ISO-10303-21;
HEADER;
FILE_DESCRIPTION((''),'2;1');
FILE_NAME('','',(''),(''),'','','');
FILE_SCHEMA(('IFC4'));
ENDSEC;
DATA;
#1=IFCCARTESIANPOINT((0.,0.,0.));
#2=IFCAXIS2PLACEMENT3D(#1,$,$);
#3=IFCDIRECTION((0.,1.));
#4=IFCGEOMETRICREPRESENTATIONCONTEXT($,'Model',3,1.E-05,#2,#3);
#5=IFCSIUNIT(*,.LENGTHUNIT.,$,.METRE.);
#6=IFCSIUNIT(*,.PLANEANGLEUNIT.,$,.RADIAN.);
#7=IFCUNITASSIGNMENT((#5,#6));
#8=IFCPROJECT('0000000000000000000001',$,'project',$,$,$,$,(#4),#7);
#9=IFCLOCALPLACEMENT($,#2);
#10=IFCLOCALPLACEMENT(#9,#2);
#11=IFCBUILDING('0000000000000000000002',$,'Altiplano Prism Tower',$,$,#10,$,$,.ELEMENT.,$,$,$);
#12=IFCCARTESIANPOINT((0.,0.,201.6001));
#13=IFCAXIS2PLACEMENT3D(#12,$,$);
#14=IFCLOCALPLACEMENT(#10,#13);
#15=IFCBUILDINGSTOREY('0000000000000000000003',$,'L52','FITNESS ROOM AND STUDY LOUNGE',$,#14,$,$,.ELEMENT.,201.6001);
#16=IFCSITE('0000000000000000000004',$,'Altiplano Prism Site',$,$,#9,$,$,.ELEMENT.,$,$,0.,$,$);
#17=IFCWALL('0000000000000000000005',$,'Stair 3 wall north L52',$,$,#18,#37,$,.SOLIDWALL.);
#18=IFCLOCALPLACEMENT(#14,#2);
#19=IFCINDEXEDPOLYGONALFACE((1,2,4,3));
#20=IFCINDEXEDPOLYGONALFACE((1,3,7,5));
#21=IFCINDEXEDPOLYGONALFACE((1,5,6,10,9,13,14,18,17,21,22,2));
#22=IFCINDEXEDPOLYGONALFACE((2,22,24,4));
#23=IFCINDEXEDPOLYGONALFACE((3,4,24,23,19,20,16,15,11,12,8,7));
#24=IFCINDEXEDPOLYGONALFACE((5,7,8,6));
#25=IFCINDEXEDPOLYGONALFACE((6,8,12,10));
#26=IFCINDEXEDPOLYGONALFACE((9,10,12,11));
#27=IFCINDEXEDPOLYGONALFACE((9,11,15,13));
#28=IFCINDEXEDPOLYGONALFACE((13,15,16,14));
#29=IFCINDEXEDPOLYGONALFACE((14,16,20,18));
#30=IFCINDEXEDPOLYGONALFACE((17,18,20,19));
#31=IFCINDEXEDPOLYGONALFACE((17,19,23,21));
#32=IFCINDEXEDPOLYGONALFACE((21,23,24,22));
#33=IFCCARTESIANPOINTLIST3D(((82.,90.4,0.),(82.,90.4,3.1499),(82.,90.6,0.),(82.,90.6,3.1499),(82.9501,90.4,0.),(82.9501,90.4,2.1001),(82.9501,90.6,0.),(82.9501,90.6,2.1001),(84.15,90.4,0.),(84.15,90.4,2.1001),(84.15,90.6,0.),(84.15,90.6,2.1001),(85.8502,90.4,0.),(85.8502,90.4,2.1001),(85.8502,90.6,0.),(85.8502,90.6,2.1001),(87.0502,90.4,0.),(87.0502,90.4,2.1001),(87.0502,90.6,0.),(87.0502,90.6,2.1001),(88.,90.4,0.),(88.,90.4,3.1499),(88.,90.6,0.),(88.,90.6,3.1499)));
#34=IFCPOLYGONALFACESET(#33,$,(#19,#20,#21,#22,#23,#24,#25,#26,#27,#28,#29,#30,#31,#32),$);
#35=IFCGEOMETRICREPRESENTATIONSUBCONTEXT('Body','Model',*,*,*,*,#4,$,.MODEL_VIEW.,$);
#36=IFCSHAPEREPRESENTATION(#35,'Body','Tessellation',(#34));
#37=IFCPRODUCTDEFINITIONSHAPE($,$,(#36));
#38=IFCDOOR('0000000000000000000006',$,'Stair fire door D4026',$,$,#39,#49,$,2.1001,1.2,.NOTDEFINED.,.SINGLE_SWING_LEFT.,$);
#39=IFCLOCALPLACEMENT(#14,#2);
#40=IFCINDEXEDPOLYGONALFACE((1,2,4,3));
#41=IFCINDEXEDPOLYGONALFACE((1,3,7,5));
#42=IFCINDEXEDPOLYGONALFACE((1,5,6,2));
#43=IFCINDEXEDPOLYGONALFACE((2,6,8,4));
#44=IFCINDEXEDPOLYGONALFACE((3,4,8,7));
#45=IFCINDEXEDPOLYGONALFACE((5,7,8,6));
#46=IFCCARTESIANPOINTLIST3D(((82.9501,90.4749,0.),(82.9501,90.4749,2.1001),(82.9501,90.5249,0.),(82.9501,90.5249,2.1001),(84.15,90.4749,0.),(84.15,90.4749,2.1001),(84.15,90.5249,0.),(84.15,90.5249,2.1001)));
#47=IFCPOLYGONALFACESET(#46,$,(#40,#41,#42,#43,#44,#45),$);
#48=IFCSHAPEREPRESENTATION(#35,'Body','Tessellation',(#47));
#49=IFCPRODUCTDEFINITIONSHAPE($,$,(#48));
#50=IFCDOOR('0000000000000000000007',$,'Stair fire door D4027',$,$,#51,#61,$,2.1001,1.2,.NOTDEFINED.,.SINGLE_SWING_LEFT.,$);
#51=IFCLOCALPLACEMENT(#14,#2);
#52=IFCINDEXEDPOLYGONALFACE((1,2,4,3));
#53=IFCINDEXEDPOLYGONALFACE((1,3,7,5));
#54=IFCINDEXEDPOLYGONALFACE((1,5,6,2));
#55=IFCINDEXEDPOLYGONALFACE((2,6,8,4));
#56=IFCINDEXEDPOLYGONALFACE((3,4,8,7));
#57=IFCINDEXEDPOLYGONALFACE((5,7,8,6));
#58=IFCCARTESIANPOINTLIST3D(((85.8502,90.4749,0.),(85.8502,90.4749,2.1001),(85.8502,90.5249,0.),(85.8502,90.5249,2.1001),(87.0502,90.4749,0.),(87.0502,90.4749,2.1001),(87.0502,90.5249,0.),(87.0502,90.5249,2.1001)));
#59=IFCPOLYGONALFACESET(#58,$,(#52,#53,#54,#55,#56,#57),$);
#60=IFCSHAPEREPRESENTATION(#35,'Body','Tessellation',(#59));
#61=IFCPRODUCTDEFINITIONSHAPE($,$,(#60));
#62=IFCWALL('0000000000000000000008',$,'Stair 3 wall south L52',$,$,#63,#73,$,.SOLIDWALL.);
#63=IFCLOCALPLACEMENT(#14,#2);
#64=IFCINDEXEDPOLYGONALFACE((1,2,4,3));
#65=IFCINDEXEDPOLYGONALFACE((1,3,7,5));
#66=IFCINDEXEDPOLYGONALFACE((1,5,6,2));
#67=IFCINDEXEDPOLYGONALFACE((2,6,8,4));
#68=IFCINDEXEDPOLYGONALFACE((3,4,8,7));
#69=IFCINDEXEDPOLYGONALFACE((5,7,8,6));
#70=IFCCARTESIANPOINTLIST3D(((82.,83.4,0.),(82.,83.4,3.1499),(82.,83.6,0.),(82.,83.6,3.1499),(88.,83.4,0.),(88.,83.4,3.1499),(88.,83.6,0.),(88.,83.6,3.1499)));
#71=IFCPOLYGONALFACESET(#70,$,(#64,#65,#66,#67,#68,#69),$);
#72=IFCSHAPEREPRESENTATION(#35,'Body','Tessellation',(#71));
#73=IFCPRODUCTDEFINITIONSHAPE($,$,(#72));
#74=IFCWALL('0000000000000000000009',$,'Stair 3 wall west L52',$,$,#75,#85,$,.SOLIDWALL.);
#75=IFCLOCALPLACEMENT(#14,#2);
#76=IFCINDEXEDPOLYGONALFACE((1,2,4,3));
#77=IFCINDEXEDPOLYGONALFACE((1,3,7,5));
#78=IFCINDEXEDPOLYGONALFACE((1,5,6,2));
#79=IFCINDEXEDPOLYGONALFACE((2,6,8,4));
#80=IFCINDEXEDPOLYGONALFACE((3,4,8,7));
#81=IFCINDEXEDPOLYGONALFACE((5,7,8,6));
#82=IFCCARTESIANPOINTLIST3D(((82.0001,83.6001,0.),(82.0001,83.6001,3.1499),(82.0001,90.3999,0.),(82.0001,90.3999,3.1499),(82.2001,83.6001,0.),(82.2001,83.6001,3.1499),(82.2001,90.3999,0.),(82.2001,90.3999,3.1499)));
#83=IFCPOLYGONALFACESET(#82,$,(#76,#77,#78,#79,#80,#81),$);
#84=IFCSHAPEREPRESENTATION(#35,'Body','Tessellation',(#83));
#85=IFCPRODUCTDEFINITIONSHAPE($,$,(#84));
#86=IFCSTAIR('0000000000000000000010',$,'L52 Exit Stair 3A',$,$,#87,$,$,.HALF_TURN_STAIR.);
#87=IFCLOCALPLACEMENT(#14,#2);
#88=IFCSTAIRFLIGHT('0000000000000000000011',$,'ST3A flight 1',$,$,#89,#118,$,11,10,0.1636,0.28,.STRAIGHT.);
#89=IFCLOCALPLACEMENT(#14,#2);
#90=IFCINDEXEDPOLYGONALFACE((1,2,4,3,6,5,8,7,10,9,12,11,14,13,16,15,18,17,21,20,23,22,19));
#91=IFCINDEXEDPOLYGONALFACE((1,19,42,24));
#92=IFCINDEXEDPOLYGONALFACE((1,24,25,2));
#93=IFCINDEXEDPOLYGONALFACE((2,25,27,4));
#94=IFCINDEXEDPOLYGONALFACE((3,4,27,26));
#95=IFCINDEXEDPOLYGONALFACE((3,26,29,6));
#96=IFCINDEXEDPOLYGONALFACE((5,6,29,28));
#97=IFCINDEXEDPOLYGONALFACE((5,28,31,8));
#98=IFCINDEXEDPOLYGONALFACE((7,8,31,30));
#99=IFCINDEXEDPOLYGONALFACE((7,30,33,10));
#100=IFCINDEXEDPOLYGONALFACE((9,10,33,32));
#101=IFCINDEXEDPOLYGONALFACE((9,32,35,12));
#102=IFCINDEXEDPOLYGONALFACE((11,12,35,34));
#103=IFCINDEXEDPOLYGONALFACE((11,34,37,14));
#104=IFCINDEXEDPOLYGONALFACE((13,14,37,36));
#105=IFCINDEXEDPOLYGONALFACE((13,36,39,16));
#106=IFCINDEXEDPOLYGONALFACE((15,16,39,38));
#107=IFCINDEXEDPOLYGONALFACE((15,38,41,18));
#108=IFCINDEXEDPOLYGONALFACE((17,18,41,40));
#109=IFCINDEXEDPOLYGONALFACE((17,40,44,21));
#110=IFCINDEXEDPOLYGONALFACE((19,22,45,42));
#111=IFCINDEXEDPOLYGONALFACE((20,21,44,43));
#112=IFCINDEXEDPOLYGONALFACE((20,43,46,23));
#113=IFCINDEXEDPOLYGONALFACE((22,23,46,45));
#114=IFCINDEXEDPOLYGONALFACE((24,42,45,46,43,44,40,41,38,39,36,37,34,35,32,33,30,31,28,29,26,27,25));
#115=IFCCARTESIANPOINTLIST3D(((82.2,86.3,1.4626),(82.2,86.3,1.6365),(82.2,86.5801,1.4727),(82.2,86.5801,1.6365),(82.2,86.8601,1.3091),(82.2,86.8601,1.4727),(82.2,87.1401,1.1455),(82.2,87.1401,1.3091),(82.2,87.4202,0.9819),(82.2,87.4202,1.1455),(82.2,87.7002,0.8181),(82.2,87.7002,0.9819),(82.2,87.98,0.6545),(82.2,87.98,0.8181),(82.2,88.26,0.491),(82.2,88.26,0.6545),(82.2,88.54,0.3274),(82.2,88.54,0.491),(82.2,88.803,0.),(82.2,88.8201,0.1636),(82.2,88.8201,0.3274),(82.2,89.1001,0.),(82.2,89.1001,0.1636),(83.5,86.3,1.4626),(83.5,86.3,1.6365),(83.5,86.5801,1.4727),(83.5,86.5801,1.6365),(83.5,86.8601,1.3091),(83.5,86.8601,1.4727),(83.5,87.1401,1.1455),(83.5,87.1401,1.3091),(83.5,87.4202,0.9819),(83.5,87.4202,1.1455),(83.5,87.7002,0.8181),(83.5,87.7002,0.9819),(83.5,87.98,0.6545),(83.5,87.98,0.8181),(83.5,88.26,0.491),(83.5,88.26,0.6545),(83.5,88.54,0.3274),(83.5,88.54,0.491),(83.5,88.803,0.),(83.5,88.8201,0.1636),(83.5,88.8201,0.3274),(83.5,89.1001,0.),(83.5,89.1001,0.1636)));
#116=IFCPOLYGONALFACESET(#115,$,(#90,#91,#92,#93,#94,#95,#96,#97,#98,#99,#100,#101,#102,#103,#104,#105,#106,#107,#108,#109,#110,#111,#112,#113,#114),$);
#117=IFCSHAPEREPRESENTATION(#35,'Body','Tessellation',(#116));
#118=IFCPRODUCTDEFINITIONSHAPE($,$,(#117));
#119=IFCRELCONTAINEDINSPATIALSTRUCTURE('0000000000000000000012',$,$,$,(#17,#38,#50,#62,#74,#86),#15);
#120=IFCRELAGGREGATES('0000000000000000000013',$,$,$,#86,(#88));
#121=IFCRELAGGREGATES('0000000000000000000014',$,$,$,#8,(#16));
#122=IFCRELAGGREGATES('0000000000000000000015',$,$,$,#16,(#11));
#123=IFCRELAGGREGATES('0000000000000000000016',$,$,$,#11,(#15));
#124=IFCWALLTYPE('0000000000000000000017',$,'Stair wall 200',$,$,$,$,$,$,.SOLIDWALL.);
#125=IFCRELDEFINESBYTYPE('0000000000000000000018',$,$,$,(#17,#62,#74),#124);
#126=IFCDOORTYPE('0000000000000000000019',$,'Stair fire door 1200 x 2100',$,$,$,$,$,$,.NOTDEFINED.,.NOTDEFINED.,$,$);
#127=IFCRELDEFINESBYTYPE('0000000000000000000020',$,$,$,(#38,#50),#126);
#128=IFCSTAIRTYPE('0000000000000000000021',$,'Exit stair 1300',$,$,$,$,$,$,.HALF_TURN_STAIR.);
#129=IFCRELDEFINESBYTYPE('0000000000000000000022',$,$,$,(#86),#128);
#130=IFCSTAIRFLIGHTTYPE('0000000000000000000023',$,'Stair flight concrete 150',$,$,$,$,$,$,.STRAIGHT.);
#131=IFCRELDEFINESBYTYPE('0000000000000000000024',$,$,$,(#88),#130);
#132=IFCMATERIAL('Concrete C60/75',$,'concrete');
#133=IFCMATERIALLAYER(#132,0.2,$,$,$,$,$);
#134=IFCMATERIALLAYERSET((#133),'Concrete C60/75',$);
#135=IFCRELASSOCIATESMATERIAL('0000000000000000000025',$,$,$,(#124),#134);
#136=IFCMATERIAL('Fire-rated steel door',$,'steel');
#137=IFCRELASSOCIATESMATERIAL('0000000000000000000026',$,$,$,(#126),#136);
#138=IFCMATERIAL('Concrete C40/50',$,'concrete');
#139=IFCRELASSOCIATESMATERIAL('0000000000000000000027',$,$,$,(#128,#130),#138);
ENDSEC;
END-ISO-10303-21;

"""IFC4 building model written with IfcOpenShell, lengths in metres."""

from ifc_helpers import new_model, si_unit, direction, frame, frame_2d, origin, place, context, subcontext, project, spatial, polyline, rectangle, outline, extrude, material, layer, layer_set, type_object, element, fill, aggregate, save


model = new_model("IFC4")

# Units and contexts
model_context = context("Model", 3, precision=1e-05, world=origin(), true_north=direction((0.0, 1.0)))
body_context = subcontext(model_context, "Body", "Model", "MODEL_VIEW")
ifc_project = project(units=[si_unit("LENGTHUNIT", "METRE"), si_unit("PLANEANGLEUNIT", "RADIAN")], contexts=[model_context])

# Site, building, storey
site_placement = place(None, origin())
site = spatial("IfcSite", under=ifc_project, at=site_placement, Name="Altiplano Prism Site", CompositionType="ELEMENT", RefElevation=0.0)
building_placement = place(site_placement, origin())
building = spatial("IfcBuilding", under=site, at=building_placement, Name="Altiplano Prism Tower", CompositionType="ELEMENT")
storey_placement = place(building_placement, frame((0.0, 0.0, 201.6001)))
storey = spatial("IfcBuildingStorey", under=building, at=storey_placement, Name="L52", Description="FITNESS ROOM AND STUDY LOUNGE", CompositionType="ELEMENT", Elevation=201.6001)

# Shared definitions
ifc_material_1 = material(Name="Concrete C60/75", Category="concrete")

# Wall, openings, doors
ifc_layer_1 = layer(ifc_material_1, 0.2)
ifc_layer_set_1 = layer_set([ifc_layer_1], Name="Concrete C60/75")
wall_type_1 = type_object("IfcWallType", Name="Stair wall 200", PredefinedType="SOLIDWALL", material=ifc_layer_set_1)
wall_1_placement = place(storey_placement, frame((82.0, 90.5, 0.0), z_axis=(0.0, 0.0, 1.0), x_axis=(1.0, 0.0, 0.0)))
wall_1 = element("IfcWall", 1, at=wall_1_placement, inside=storey, type_object=wall_type_1, Name="Stair 3 wall north L52", PredefinedType="SOLIDWALL", context=body_context, shape_type="SweptSolid", body=[
    extrude(rectangle(XDim=6.0, YDim=0.2, at=frame_2d((3.0, 0.0))), origin(), (0.0, 0.0, 1.0), 3.1499),
])
opening_1_placement = place(wall_1_placement, frame((0.95, 0.0, 0.0)))
opening_1 = element("IfcOpeningElement", 2, at=opening_1_placement, cuts=wall_1, PredefinedType="OPENING", context=body_context, shape_type="SweptSolid", body=[
    extrude(rectangle(XDim=1.2, YDim=2.1001, at=frame_2d((0.6001, 1.05))), frame((0.0, 0.1104, 0.0), z_axis=(0.0, -1.0, 0.0), x_axis=(1.0, 0.0, 0.0)), (0.0, 0.0, 1.0), 0.2209),
])
opening_2_placement = place(wall_1_placement, frame((3.8501, 0.0, 0.0)))
opening_2 = element("IfcOpeningElement", 3, at=opening_2_placement, cuts=wall_1, PredefinedType="OPENING", context=body_context, shape_type="SweptSolid", body=[
    extrude(rectangle(XDim=1.2, YDim=2.1001, at=frame_2d((0.6001, 1.05))), frame((0.0, 0.1104, 0.0), z_axis=(0.0, -1.0, 0.0), x_axis=(1.0, 0.0, 0.0)), (0.0, 0.0, 1.0), 0.2209),
])
ifc_material_2 = material(Name="Fire-rated steel door", Category="steel")
door_type_1 = type_object("IfcDoorType", Name="Stair fire door 1200 x 2100", OperationType="NOTDEFINED", PredefinedType="NOTDEFINED", material=ifc_material_2)
door_1_placement = place(opening_1_placement, origin())
door_1 = element("IfcDoor", 4, at=door_1_placement, inside=storey, type_object=door_type_1, Name="Stair fire door D4026", OperationType="SINGLE_SWING_LEFT", OverallHeight=2.1001, OverallWidth=1.2, PredefinedType="NOTDEFINED", context=body_context, shape_type="SweptSolid", body=[
    extrude(rectangle(XDim=1.2, YDim=2.1001, at=frame_2d((0.6001, 1.05))), frame((0.0, 0.0249, 0.0), z_axis=(0.0, -1.0, 0.0), x_axis=(1.0, 0.0, 0.0)), (0.0, 0.0, 1.0), 0.05),
])
fill(opening_1, door_1)
door_2_placement = place(opening_2_placement, origin())
door_2 = element("IfcDoor", 5, at=door_2_placement, inside=storey, type_object=door_type_1, Name="Stair fire door D4027", OperationType="SINGLE_SWING_LEFT", OverallHeight=2.1001, OverallWidth=1.2, PredefinedType="NOTDEFINED", context=body_context, shape_type="SweptSolid", body=[
    extrude(rectangle(XDim=1.2, YDim=2.1001, at=frame_2d((0.6001, 1.05))), frame((0.0, 0.0249, 0.0), z_axis=(0.0, -1.0, 0.0), x_axis=(1.0, 0.0, 0.0)), (0.0, 0.0, 1.0), 0.05),
])
fill(opening_2, door_2)

# Walls
wall_2_placement = place(storey_placement, frame((82.0, 83.5, 0.0), z_axis=(0.0, 0.0, 1.0), x_axis=(1.0, 0.0, 0.0)))
element("IfcWall", 6, at=wall_2_placement, inside=storey, type_object=wall_type_1, Name="Stair 3 wall south L52", PredefinedType="SOLIDWALL", context=body_context, shape_type="SweptSolid", body=[
    extrude(rectangle(XDim=6.0, YDim=0.2, at=frame_2d((3.0, 0.0))), origin(), (0.0, 0.0, 1.0), 3.1499),
])
wall_3_placement = place(storey_placement, frame((82.1001, 83.6001, 0.0), z_axis=(0.0, 0.0, 1.0), x_axis=(0.0, 1.0, 0.0)))
element("IfcWall", 7, at=wall_3_placement, inside=storey, type_object=wall_type_1, Name="Stair 3 wall west L52", PredefinedType="SOLIDWALL", context=body_context, shape_type="SweptSolid", body=[
    extrude(rectangle(XDim=6.7998, YDim=0.2, at=frame_2d((3.3999, 0.0))), origin(), (0.0, 0.0, 1.0), 3.1499),
])

# Stair, stair flight
ifc_material_3 = material(Name="Concrete C40/50", Category="concrete")
stair_type = type_object("IfcStairType", Name="Exit stair 1300", PredefinedType="HALF_TURN_STAIR", material=ifc_material_3)
stair_placement = place(storey_placement, origin())
stair = element("IfcStair", 8, at=stair_placement, inside=storey, type_object=stair_type, Name="L52 Exit Stair 3A", PredefinedType="HALF_TURN_STAIR")
stair_flight_type = type_object("IfcStairFlightType", Name="Stair flight concrete 150", PredefinedType="STRAIGHT", material=ifc_material_3)
stair_flight_placement = place(storey_placement, frame((82.8501, 89.1001, 0.0), z_axis=(0.0, 0.0, 1.0), x_axis=(0.0, -1.0, 0.0)))
stair_flight = element("IfcStairFlight", 9, at=stair_flight_placement, type_object=stair_flight_type, Name="ST3A flight 1", NumberOfRisers=11, NumberOfTreads=10, PredefinedType="STRAIGHT", RiserHeight=0.1636, TreadLength=0.28, context=body_context, shape_type="SweptSolid", body=[
    extrude(outline(polyline([(0.0, 0.0), (0.0, 0.1636), (0.28, 0.1636), (0.28, 0.3274), (0.5601, 0.3274), (0.5601, 0.491), (0.8401, 0.491), (0.8401, 0.6545), (1.1201, 0.6545), (1.1201, 0.8181), (1.3999, 0.8181), (1.3999, 0.9819), (1.6799, 0.9819), (1.6799, 1.1455), (1.96, 1.1455), (1.96, 1.3091), (2.24, 1.3091), (2.24, 1.4727), (2.52, 1.4727), (2.52, 1.6365), (2.8, 1.6365), (2.8, 1.8), (2.8, 1.4626), (0.2971, 0.0), (0.0, 0.0)])), frame((0.0, 0.6499, 0.0), z_axis=(0.0, -1.0, 0.0), x_axis=(1.0, 0.0, 0.0)), (0.0, 0.0, 1.0), 1.3),
])
aggregate(stair, [stair_flight])

save(model, "model.ifc")
